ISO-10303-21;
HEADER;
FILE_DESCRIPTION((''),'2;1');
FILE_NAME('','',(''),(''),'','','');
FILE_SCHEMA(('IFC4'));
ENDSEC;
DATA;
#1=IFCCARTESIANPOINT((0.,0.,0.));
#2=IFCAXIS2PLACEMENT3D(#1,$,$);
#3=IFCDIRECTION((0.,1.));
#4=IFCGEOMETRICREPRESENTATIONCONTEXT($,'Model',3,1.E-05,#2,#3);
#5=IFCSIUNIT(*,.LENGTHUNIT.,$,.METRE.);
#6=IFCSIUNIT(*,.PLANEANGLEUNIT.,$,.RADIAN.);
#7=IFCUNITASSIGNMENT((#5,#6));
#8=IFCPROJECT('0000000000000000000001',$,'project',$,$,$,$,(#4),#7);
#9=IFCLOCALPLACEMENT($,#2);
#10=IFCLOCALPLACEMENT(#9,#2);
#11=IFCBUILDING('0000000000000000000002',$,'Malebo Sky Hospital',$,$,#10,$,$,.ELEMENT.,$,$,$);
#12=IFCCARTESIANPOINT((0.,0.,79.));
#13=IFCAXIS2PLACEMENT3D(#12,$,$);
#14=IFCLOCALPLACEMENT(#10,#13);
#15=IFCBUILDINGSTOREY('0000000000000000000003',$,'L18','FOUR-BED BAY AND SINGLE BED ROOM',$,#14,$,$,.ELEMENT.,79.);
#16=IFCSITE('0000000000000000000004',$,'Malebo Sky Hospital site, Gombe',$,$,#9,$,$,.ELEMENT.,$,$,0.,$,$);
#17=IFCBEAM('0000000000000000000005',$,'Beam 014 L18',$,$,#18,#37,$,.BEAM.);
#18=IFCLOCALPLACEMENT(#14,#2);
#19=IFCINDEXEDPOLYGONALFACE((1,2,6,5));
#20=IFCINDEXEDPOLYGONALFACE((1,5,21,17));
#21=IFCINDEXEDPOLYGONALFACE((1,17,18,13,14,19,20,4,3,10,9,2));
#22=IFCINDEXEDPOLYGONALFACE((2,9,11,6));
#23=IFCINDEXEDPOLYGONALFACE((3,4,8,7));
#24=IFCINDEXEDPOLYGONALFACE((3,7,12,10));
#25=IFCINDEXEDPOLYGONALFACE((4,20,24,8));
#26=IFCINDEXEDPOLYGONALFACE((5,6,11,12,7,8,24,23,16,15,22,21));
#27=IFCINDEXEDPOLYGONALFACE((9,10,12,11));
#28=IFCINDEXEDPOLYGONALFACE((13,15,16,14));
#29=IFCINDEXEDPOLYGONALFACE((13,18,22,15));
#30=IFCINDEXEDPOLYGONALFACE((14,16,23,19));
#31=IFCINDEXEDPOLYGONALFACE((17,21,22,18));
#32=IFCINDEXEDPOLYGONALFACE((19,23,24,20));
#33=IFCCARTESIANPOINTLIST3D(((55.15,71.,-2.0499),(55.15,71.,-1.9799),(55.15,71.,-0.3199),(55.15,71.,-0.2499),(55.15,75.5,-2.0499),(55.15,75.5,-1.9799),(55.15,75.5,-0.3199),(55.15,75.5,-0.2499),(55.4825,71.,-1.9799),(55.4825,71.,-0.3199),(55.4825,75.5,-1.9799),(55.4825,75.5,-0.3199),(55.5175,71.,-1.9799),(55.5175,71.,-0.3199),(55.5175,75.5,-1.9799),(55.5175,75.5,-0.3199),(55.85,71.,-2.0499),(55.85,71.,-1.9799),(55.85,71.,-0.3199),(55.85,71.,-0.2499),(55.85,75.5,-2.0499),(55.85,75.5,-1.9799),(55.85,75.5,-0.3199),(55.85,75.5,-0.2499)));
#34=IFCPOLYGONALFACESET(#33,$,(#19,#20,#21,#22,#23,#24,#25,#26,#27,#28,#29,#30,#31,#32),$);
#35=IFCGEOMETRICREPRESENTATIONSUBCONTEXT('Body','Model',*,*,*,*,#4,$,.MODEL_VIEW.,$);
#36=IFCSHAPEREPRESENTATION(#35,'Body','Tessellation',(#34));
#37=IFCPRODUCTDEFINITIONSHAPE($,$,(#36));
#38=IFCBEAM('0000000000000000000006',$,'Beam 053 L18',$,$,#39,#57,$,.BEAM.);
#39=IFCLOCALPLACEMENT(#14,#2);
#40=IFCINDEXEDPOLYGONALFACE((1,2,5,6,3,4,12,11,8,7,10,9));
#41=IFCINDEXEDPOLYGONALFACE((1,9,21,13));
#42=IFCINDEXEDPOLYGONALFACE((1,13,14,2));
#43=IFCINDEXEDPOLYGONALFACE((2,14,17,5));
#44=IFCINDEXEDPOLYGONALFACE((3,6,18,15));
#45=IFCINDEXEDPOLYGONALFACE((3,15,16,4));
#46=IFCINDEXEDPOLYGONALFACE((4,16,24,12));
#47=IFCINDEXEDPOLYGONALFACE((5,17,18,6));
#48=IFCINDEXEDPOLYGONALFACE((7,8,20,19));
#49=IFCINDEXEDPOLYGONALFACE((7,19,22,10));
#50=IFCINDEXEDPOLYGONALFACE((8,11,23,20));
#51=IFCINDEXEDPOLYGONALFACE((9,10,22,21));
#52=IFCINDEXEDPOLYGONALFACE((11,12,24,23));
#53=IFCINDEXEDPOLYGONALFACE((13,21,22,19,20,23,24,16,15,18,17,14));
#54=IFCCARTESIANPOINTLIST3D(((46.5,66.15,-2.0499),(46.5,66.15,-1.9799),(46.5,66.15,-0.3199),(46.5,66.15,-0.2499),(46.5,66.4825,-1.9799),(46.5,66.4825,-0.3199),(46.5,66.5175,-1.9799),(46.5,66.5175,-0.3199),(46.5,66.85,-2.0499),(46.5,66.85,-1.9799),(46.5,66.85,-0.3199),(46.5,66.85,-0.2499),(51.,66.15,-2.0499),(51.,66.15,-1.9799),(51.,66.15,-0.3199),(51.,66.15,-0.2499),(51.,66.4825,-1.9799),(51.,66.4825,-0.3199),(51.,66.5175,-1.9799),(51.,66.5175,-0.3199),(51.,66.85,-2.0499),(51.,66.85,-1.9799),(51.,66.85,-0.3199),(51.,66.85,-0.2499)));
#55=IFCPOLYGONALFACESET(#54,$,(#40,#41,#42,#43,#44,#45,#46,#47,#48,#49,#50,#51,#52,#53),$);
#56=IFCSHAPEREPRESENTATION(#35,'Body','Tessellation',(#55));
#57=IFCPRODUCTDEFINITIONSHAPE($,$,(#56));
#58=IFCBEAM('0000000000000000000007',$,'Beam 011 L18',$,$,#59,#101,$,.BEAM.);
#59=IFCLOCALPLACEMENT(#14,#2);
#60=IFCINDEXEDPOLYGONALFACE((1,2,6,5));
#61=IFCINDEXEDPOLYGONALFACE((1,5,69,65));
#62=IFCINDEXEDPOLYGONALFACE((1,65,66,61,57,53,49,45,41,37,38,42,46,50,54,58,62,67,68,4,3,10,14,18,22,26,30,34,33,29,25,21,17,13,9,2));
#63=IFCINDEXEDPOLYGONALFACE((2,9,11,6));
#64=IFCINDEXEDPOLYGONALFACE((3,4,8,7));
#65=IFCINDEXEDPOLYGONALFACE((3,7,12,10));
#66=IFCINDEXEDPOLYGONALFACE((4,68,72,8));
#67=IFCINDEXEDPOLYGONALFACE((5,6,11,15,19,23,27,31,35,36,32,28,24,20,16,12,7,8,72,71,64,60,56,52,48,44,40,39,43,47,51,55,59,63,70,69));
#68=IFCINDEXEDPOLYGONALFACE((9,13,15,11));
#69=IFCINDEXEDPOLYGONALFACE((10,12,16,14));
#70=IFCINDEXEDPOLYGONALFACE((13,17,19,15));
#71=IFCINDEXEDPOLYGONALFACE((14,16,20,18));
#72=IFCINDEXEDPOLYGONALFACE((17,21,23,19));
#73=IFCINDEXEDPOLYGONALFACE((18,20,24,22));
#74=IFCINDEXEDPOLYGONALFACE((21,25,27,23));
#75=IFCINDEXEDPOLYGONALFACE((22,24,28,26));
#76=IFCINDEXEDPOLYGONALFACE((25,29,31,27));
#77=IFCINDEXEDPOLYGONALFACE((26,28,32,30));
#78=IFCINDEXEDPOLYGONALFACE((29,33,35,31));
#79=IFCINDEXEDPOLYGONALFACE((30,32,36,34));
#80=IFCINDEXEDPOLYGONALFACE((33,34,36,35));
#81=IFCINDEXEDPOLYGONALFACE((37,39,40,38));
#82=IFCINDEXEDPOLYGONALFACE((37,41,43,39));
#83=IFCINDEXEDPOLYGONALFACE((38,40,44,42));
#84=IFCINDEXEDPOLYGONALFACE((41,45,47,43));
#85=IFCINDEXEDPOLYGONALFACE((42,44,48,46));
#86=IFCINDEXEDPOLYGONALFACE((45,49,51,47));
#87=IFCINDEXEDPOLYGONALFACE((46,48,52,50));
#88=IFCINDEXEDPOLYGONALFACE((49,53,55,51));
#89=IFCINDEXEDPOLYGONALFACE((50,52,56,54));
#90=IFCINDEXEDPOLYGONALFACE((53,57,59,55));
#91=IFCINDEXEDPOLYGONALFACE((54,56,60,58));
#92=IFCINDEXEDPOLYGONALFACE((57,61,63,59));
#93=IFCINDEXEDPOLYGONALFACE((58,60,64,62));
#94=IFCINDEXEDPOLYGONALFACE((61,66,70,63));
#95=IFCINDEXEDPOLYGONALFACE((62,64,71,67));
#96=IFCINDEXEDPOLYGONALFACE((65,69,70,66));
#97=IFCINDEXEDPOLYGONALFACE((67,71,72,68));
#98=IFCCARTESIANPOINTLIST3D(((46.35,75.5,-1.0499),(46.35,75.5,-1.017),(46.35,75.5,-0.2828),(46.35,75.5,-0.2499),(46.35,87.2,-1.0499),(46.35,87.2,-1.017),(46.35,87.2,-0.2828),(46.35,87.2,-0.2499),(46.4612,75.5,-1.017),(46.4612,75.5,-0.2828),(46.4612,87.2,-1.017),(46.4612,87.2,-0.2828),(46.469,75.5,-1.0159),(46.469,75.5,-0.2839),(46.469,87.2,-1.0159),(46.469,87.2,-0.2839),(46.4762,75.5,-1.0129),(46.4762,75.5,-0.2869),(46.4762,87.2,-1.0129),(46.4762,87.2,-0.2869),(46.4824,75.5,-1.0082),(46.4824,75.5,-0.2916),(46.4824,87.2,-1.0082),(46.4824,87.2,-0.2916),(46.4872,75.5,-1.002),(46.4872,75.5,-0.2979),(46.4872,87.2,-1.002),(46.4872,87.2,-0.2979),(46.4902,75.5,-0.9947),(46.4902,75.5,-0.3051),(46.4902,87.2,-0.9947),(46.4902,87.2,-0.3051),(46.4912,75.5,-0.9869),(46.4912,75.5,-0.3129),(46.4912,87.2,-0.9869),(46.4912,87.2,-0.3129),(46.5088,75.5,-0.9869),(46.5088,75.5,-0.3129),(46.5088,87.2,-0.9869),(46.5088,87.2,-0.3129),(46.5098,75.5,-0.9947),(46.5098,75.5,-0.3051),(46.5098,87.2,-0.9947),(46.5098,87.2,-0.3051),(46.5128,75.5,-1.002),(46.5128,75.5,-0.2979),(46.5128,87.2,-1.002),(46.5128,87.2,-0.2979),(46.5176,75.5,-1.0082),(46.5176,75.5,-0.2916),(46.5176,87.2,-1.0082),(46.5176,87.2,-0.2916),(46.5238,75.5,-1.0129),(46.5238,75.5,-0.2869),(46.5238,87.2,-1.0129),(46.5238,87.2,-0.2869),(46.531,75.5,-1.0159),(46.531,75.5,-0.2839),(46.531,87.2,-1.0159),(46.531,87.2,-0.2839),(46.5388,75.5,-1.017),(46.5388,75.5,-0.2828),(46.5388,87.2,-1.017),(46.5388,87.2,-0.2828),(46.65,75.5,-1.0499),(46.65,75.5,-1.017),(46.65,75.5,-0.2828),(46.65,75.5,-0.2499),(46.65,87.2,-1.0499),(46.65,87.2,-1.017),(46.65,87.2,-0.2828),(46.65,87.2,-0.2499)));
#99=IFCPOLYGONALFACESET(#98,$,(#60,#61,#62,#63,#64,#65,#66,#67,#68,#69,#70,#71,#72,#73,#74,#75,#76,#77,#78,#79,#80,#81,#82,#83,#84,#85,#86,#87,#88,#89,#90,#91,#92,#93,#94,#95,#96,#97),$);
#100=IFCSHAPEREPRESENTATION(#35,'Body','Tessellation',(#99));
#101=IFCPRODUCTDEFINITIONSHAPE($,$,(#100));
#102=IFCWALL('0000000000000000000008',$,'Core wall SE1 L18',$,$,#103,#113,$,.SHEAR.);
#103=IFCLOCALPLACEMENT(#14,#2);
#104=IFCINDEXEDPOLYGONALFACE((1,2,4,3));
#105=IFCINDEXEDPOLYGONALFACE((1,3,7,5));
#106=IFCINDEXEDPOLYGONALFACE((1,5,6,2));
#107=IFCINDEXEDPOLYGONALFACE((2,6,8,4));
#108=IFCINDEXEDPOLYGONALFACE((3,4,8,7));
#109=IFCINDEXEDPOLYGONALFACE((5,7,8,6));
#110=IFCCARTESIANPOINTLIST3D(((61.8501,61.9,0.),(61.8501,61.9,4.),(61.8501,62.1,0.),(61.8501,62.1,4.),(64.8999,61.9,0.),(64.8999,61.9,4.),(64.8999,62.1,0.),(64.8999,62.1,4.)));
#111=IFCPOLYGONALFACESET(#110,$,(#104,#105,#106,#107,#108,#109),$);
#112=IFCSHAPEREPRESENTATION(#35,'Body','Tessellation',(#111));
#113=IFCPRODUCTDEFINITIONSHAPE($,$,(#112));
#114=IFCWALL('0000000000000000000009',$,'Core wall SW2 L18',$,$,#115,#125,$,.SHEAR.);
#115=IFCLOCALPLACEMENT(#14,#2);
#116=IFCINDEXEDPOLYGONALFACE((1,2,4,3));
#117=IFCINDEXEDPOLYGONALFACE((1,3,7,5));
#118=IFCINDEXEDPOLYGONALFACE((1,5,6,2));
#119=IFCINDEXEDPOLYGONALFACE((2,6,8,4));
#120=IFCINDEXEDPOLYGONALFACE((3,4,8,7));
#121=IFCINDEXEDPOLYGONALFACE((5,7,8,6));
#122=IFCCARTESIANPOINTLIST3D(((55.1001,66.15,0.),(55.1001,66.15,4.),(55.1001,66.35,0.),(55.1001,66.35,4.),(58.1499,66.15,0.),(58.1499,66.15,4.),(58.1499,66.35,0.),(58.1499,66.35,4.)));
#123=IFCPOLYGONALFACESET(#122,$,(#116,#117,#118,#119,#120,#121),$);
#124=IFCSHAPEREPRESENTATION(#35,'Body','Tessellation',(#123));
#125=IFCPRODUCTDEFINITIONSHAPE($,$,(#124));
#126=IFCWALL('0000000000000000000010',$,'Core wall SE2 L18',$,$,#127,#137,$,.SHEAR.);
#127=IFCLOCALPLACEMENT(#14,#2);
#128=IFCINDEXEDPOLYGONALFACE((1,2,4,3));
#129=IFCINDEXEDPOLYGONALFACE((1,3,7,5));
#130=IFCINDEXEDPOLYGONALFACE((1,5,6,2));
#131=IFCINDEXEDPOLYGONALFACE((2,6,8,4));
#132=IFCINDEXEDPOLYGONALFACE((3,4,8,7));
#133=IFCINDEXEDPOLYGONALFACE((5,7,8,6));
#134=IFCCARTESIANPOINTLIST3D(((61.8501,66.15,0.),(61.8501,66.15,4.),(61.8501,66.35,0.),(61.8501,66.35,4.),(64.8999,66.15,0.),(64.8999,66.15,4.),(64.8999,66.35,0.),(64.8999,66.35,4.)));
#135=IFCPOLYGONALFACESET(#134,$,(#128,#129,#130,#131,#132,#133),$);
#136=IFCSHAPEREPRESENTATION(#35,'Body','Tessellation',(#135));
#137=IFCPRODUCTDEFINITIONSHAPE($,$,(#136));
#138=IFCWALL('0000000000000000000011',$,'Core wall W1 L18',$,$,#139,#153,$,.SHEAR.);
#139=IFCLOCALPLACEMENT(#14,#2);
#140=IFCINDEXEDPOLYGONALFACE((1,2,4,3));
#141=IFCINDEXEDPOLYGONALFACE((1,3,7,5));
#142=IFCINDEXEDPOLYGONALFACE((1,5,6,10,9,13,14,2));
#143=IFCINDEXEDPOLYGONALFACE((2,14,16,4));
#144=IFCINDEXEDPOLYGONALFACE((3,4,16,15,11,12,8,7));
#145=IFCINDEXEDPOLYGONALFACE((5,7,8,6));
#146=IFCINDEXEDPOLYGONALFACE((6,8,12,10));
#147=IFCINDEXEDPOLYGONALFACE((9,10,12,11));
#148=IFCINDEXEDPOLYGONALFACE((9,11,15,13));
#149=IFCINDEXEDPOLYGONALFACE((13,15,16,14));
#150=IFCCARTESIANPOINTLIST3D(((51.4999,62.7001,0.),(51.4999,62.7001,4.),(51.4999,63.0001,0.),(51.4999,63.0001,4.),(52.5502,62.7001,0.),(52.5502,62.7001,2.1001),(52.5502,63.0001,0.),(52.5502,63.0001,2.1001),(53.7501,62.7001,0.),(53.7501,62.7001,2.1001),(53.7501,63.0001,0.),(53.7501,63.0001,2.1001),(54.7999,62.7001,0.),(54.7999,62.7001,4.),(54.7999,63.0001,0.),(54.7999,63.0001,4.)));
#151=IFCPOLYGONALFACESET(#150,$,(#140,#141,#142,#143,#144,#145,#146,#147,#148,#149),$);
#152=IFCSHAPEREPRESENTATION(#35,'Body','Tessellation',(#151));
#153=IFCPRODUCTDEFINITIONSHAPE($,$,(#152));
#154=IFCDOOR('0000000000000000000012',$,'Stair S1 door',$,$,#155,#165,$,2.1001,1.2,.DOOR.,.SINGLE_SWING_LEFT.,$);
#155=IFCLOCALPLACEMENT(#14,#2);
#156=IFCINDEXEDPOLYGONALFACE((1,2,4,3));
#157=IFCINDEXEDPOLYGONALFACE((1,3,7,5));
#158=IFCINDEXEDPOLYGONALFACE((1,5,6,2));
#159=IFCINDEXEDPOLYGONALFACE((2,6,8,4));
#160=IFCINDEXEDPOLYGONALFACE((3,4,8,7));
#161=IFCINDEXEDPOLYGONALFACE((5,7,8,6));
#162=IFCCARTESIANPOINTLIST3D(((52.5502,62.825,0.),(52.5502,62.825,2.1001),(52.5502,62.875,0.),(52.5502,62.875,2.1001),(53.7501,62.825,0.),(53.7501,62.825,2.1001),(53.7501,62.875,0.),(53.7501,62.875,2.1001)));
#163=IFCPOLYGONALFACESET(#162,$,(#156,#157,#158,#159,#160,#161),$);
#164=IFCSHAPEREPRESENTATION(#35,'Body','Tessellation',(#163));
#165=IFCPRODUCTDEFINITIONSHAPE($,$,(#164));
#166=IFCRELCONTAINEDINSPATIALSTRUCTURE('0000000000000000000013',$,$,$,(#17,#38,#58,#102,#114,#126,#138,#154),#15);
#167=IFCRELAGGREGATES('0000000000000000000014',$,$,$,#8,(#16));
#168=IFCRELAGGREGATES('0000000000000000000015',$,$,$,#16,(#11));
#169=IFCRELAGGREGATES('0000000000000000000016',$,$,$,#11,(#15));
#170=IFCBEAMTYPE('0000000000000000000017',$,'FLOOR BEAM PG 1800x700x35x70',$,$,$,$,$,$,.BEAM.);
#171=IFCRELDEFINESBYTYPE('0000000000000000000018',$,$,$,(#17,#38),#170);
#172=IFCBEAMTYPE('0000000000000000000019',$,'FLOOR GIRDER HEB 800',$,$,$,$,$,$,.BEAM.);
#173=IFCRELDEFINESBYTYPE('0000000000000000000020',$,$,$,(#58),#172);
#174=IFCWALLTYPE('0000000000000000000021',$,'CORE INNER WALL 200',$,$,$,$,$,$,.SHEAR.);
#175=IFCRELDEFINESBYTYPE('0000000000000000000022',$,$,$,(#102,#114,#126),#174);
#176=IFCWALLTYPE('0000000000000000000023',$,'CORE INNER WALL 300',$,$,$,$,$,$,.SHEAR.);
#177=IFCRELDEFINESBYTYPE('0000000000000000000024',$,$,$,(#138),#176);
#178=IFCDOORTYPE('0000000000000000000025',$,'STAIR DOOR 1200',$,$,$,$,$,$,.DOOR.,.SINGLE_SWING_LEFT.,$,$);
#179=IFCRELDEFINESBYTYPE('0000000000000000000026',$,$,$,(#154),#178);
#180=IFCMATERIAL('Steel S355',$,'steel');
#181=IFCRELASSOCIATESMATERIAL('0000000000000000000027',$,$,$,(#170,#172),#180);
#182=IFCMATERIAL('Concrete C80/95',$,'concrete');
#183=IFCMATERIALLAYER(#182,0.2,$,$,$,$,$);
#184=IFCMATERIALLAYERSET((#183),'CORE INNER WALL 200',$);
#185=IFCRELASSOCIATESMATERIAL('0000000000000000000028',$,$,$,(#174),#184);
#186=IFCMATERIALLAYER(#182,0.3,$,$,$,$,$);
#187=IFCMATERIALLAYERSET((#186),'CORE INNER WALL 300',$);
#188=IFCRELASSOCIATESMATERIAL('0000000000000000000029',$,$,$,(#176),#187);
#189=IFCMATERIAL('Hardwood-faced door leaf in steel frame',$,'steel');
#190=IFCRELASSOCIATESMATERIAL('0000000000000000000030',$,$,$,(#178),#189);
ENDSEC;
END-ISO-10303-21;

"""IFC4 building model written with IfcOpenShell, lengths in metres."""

from ifc_helpers import new_model, si_unit, direction, frame, frame_2d, origin, origin_2d, place, context, subcontext, project, spatial, rectangle, i_section, extrude, material, layer, layer_set, material_profile, profile_set, type_object, element, fill, save


model = new_model("IFC4")

# Units and contexts
model_context = context("Model", 3, precision=1e-05, world=origin(), true_north=direction((0.0, 1.0)))
body_context = subcontext(model_context, "Body", "Model", "MODEL_VIEW")
ifc_project = project(units=[si_unit("LENGTHUNIT", "METRE"), si_unit("PLANEANGLEUNIT", "RADIAN")], contexts=[model_context])

# Site, building, storey
site_placement = place(None, origin())
site = spatial("IfcSite", under=ifc_project, at=site_placement, Name="Malebo Sky Hospital site, Gombe", CompositionType="ELEMENT", RefElevation=0.0)
building_placement = place(site_placement, origin())
building = spatial("IfcBuilding", under=site, at=building_placement, Name="Malebo Sky Hospital", CompositionType="ELEMENT")
storey_placement = place(building_placement, frame((0.0, 0.0, 79.0)))
storey = spatial("IfcBuildingStorey", under=building, at=storey_placement, Name="L18", Description="FOUR-BED BAY AND SINGLE BED ROOM", CompositionType="ELEMENT", Elevation=79.0)

# Beams
ifc_material_1 = material(Name="Steel S355", Category="steel")
ifc_material_profile_1 = material_profile(ifc_material_1, i_section(OverallWidth=0.7, OverallDepth=1.8, WebThickness=0.0349, FlangeThickness=0.0701, at=origin_2d()), Name="PG 1800x700x35x70")
ifc_profile_set_1 = profile_set([ifc_material_profile_1], Name="Steel S355")
beam_type_1 = type_object("IfcBeamType", Name="FLOOR BEAM PG 1800x700x35x70", PredefinedType="BEAM", material=ifc_profile_set_1)
for number, where, z_axis, x_axis, name in (
    (1, (55.5, 71.0, -1.1499), (0.0, 1.0, 0.0), (-1.0, 0.0, 0.0), "Beam 014 L18"),
    (2, (46.5, 66.5, -1.1499), (1.0, 0.0, 0.0), (0.0, 1.0, 0.0), "Beam 053 L18"),
):
    element("IfcBeam", number, at=place(storey_placement, frame(where, z_axis=z_axis, x_axis=x_axis)), inside=storey, type_object=beam_type_1, Name=name, PredefinedType="BEAM", context=body_context, shape_type="SweptSolid", body=[
        extrude(i_section(OverallWidth=0.7, OverallDepth=1.8, WebThickness=0.0349, FlangeThickness=0.0701, at=origin_2d()), origin(), (0.0, 0.0, 1.0), 4.5),
    ])
ifc_material_profile_2 = material_profile(ifc_material_1, i_section(OverallWidth=0.3, OverallDepth=0.8, WebThickness=0.0176, FlangeThickness=0.033, FilletRadius=0.03, at=origin_2d()), Name="HEB 800")
ifc_profile_set_2 = profile_set([ifc_material_profile_2], Name="Steel S355")
beam_type_2 = type_object("IfcBeamType", Name="FLOOR GIRDER HEB 800", PredefinedType="BEAM", material=ifc_profile_set_2)
beam_1_placement = place(storey_placement, frame((46.5, 75.5, -0.6499), z_axis=(0.0, 1.0, 0.0), x_axis=(-1.0, 0.0, 0.0)))
element("IfcBeam", 3, at=beam_1_placement, inside=storey, type_object=beam_type_2, Name="Beam 011 L18", PredefinedType="BEAM", context=body_context, shape_type="SweptSolid", body=[
    extrude(i_section(OverallWidth=0.3, OverallDepth=0.8, WebThickness=0.0176, FlangeThickness=0.033, FilletRadius=0.03, at=origin_2d()), origin(), (0.0, 0.0, 1.0), 11.7),
])

# Walls
ifc_material_2 = material(Name="Concrete C80/95", Category="concrete")
ifc_layer_1 = layer(ifc_material_2, 0.2)
ifc_layer_set_1 = layer_set([ifc_layer_1], Name="CORE INNER WALL 200")
wall_type_1 = type_object("IfcWallType", Name="CORE INNER WALL 200", PredefinedType="SHEAR", material=ifc_layer_set_1)
for number, where, z_axis, x_axis, name in (
    (4, (61.8501, 62.0, 0.0), (0.0, 0.0, 1.0), (1.0, 0.0, 0.0), "Core wall SE1 L18"),
    (5, (55.1001, 66.25, 0.0), (0.0, 0.0, 1.0), (1.0, 0.0, 0.0), "Core wall SW2 L18"),
    (6, (61.8501, 66.25, 0.0), (0.0, 0.0, 1.0), (1.0, 0.0, 0.0), "Core wall SE2 L18"),
):
    element("IfcWall", number, at=place(storey_placement, frame(where, z_axis=z_axis, x_axis=x_axis)), inside=storey, type_object=wall_type_1, Name=name, PredefinedType="SHEAR", context=body_context, shape_type="SweptSolid", body=[
        extrude(rectangle(XDim=3.0498, YDim=0.2, at=frame_2d((1.5249, 0.0))), origin(), (0.0, 0.0, 1.0), 4.0),
    ])

# Wall, opening, door
ifc_layer_2 = layer(ifc_material_2, 0.3)
ifc_layer_set_2 = layer_set([ifc_layer_2], Name="CORE INNER WALL 300")
wall_type_2 = type_object("IfcWallType", Name="CORE INNER WALL 300", PredefinedType="SHEAR", material=ifc_layer_set_2)
wall_1_placement = place(storey_placement, frame((51.5, 62.8501, 0.0), z_axis=(0.0, 0.0, 1.0), x_axis=(1.0, 0.0, 0.0)))
wall_1 = element("IfcWall", 7, at=wall_1_placement, inside=storey, type_object=wall_type_2, Name="Core wall W1 L18", PredefinedType="SHEAR", context=body_context, shape_type="SweptSolid", body=[
    extrude(rectangle(XDim=3.3, YDim=0.3, at=frame_2d((1.6499, 0.0))), origin(), (0.0, 0.0, 1.0), 4.0),
])
opening_1_placement = place(wall_1_placement, frame((1.05, 0.0, 0.0)))
opening_1 = element("IfcOpeningElement", 8, at=opening_1_placement, cuts=wall_1, PredefinedType="OPENING", context=body_context, shape_type="SweptSolid", body=[
    extrude(rectangle(XDim=1.2, YDim=2.1001, at=frame_2d((0.6001, 1.05))), frame((0.0, 0.1599, 0.0), z_axis=(0.0, -1.0, 0.0), x_axis=(1.0, 0.0, 0.0)), (0.0, 0.0, 1.0), 0.3201),
])
ifc_material_3 = material(Name="Hardwood-faced door leaf in steel frame", Category="steel")
door_type_1 = type_object("IfcDoorType", Name="STAIR DOOR 1200", OperationType="SINGLE_SWING_LEFT", PredefinedType="DOOR", material=ifc_material_3)
door_1_placement = place(opening_1_placement, origin())
door_1 = element("IfcDoor", 9, at=door_1_placement, inside=storey, type_object=door_type_1, Name="Stair S1 door", OperationType="SINGLE_SWING_LEFT", OverallHeight=2.1001, OverallWidth=1.2, PredefinedType="DOOR", context=body_context, shape_type="SweptSolid", body=[
    extrude(rectangle(XDim=1.2, YDim=2.1001, at=frame_2d((0.6001, 1.05))), frame((0.0, 0.0249, 0.0), z_axis=(0.0, -1.0, 0.0), x_axis=(1.0, 0.0, 0.0)), (0.0, 0.0, 1.0), 0.05),
])
fill(opening_1, door_1)

save(model, "model.ifc")
